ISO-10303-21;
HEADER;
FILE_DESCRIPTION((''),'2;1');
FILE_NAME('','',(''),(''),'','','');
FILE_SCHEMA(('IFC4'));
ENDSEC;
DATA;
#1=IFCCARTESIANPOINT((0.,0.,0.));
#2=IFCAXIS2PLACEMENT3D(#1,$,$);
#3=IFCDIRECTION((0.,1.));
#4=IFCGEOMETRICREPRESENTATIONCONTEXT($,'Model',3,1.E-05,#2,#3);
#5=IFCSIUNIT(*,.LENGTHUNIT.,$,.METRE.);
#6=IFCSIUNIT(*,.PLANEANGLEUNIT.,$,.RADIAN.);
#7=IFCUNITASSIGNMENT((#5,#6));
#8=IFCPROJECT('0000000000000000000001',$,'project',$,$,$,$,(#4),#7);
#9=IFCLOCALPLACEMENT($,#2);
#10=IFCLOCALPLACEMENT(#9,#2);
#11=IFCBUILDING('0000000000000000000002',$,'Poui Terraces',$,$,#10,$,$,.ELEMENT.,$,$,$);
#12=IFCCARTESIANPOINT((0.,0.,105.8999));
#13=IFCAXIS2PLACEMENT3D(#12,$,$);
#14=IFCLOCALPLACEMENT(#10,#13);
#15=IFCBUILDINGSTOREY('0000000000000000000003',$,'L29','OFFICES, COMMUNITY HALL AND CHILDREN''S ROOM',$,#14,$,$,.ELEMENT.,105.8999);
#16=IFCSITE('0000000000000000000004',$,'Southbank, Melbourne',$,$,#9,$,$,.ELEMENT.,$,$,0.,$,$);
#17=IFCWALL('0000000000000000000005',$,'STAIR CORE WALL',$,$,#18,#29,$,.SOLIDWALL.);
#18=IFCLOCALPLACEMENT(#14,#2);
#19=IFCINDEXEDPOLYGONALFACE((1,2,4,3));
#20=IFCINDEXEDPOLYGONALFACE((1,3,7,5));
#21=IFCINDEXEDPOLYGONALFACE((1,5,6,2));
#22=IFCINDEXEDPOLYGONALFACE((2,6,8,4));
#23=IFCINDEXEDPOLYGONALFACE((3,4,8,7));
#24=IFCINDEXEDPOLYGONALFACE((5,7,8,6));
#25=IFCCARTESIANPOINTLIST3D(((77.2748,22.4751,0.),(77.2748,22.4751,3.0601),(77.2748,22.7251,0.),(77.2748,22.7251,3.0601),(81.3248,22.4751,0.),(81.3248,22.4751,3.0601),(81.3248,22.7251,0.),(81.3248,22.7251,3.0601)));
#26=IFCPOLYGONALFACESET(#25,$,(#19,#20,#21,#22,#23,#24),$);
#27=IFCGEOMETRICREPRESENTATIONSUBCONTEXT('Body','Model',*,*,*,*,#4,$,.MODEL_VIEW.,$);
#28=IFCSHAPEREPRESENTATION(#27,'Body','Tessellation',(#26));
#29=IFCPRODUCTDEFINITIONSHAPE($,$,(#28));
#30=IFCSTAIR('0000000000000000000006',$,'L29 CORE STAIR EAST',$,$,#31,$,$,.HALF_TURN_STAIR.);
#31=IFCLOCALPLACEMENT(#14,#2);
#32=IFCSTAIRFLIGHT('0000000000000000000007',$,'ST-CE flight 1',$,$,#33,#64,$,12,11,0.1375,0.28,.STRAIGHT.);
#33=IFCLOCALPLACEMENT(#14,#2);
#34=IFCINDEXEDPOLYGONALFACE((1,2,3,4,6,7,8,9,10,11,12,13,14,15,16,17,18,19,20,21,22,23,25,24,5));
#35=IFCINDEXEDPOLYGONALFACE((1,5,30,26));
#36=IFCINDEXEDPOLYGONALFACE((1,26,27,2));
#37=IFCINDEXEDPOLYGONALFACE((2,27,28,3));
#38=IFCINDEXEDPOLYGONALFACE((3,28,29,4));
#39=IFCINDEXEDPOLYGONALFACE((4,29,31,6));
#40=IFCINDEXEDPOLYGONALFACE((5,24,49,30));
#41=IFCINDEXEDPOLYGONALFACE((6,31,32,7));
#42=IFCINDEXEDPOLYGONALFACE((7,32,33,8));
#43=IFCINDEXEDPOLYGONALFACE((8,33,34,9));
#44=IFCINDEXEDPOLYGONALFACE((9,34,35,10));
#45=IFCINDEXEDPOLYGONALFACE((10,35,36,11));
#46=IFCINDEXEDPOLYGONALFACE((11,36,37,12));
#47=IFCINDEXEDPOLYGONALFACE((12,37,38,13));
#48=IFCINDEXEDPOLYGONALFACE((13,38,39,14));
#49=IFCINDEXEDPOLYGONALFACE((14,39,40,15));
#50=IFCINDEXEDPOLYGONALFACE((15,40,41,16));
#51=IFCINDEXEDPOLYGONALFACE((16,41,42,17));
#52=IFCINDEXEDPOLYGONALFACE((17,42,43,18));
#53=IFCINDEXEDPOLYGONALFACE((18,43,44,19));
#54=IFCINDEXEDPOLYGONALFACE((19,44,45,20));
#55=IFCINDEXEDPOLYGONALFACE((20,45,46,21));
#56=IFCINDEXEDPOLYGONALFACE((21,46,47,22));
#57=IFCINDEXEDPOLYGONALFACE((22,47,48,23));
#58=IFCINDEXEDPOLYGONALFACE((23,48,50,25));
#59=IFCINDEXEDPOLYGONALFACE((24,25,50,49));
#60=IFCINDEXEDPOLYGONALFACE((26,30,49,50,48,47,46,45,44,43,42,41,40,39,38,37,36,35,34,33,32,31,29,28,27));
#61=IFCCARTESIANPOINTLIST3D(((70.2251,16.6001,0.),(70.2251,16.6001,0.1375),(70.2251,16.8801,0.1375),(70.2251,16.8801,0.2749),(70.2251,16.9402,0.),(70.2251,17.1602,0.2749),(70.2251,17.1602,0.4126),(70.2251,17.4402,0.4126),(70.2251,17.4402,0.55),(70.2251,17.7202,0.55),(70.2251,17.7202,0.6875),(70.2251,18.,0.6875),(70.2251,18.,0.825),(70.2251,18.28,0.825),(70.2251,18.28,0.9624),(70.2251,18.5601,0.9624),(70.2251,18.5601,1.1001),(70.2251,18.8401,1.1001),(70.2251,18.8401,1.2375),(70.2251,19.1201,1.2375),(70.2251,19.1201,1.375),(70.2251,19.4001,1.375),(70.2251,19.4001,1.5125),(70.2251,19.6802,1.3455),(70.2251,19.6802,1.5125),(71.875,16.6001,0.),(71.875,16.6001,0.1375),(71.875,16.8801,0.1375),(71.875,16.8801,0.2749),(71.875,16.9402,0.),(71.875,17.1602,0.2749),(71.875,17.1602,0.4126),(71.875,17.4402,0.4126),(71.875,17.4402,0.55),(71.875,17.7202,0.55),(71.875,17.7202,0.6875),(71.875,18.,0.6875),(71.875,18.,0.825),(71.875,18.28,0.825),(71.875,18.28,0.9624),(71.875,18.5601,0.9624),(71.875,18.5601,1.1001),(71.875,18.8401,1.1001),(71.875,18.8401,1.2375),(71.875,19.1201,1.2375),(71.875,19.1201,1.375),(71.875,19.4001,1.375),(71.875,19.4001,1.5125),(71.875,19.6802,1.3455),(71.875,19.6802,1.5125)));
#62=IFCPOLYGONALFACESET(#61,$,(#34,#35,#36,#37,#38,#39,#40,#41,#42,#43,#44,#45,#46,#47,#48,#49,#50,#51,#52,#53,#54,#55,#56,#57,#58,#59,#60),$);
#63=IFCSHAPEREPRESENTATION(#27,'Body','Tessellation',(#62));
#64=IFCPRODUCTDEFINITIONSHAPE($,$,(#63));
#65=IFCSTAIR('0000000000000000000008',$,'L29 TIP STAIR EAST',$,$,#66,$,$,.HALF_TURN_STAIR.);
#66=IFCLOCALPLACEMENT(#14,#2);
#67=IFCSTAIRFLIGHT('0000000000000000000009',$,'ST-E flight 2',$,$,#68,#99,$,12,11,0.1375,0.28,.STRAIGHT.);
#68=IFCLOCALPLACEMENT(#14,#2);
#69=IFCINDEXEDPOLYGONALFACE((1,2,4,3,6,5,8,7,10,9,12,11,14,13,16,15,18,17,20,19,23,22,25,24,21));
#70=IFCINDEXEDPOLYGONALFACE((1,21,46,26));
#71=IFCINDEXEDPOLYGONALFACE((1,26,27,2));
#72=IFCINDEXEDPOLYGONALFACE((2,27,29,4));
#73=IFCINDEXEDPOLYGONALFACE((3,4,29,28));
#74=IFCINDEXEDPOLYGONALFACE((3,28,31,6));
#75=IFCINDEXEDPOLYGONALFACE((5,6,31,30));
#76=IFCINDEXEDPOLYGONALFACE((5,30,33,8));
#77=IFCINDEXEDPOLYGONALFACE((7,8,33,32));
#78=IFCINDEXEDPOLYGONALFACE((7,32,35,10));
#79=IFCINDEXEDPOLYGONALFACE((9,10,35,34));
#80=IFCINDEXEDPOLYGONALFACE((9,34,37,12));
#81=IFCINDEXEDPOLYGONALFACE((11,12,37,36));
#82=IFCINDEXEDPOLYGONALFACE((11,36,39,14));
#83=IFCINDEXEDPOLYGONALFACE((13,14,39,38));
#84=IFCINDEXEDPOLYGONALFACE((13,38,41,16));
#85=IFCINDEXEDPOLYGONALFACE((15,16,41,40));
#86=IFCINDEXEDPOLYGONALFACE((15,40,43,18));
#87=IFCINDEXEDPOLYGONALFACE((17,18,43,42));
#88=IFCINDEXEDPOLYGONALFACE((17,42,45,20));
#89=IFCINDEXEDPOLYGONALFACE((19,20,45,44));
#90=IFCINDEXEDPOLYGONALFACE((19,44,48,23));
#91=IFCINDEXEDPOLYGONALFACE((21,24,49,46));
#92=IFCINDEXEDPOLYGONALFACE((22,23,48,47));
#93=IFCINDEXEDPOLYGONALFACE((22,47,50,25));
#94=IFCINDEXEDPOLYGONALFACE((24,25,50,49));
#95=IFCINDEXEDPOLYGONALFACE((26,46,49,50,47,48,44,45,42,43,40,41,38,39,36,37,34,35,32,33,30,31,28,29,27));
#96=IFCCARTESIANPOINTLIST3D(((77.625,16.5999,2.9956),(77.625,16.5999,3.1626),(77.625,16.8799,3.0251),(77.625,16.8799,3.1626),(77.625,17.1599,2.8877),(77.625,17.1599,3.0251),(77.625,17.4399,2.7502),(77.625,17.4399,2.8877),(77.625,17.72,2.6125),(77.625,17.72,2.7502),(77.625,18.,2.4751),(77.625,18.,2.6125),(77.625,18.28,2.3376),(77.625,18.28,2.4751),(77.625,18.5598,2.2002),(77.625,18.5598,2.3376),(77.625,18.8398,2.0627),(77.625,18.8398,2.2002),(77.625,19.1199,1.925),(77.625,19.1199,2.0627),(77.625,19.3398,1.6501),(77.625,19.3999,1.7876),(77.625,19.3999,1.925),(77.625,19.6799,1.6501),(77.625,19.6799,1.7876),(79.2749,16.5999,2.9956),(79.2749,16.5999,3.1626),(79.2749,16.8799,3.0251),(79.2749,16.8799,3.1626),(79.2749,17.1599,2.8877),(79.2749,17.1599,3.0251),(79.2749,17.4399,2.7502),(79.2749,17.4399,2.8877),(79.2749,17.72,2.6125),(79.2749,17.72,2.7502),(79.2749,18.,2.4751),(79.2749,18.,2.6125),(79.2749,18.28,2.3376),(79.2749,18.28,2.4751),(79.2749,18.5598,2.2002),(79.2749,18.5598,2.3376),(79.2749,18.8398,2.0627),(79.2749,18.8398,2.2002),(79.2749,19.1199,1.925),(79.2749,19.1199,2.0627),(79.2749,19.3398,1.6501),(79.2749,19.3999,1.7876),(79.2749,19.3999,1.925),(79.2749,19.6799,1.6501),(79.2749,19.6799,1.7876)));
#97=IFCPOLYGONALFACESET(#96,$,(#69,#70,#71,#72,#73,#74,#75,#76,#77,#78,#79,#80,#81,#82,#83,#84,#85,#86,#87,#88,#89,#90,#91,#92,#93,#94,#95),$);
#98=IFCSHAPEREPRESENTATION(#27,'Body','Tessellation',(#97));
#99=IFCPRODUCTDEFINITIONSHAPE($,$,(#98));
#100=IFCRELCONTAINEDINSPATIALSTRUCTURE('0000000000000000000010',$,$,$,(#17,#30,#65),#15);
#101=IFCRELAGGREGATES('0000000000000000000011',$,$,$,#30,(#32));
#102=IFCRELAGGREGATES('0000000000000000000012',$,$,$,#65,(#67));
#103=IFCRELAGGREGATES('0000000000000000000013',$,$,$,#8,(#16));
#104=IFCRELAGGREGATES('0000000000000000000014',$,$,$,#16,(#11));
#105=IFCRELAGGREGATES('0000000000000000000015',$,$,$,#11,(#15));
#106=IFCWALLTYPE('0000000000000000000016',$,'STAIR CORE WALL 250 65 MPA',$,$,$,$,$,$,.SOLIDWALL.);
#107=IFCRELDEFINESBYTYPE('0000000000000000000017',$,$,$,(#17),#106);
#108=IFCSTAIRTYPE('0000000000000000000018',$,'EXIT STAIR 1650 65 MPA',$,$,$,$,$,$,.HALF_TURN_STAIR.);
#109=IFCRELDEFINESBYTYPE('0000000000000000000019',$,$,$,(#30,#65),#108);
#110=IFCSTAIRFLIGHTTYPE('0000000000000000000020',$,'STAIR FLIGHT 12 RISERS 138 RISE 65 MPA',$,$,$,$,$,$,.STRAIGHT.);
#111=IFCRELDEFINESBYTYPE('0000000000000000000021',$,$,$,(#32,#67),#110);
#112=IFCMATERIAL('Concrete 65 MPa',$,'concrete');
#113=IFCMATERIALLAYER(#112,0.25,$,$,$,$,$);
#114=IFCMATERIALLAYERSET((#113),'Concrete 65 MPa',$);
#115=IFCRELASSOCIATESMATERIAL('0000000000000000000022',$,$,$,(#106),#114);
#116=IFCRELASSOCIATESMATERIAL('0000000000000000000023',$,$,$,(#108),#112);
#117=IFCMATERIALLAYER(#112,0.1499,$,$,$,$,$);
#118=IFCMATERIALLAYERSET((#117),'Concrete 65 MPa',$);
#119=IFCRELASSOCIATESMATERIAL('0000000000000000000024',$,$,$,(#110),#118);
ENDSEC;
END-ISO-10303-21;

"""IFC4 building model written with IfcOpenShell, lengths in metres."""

from ifc_helpers import new_model, si_unit, direction, frame, frame_2d, origin, place, context, subcontext, project, spatial, polyline, rectangle, outline, extrude, material, layer, layer_set, type_object, element, aggregate, save


model = new_model("IFC4")

# Units and contexts
model_context = context("Model", 3, precision=1e-05, world=origin(), true_north=direction((0.0, 1.0)))
body_context = subcontext(model_context, "Body", "Model", "MODEL_VIEW")
ifc_project = project(units=[si_unit("LENGTHUNIT", "METRE"), si_unit("PLANEANGLEUNIT", "RADIAN")], contexts=[model_context])

# Site, building, storey
site_placement = place(None, origin())
site = spatial("IfcSite", under=ifc_project, at=site_placement, Name="Southbank, Melbourne", CompositionType="ELEMENT", RefElevation=0.0)
building_placement = place(site_placement, origin())
building = spatial("IfcBuilding", under=site, at=building_placement, Name="Poui Terraces", CompositionType="ELEMENT")
storey_placement = place(building_placement, frame((0.0, 0.0, 105.8999)))
storey = spatial("IfcBuildingStorey", under=building, at=storey_placement, Name="L29", Description="OFFICES, COMMUNITY HALL AND CHILDREN'S ROOM", CompositionType="ELEMENT", Elevation=105.8999)

# Shared definitions
ifc_material_1 = material(Name="Concrete 65 MPa", Category="concrete")

# Wall
ifc_layer_1 = layer(ifc_material_1, 0.25)
ifc_layer_set_1 = layer_set([ifc_layer_1], Name="Concrete 65 MPa")
wall_type_1 = type_object("IfcWallType", Name="STAIR CORE WALL 250 65 MPA", PredefinedType="SOLIDWALL", material=ifc_layer_set_1)
wall_1_placement = place(storey_placement, frame((77.2749, 22.6001, 0.0), z_axis=(0.0, 0.0, 1.0), x_axis=(1.0, 0.0, 0.0)))
element("IfcWall", 1, at=wall_1_placement, inside=storey, type_object=wall_type_1, Name="STAIR CORE WALL", PredefinedType="SOLIDWALL", context=body_context, shape_type="SweptSolid", body=[
    extrude(rectangle(XDim=4.05, YDim=0.25, at=frame_2d((2.0249, 0.0))), origin(), (0.0, 0.0, 1.0), 3.0601),
])

# Stairs, stair flights
stair_type = type_object("IfcStairType", Name="EXIT STAIR 1650 65 MPA", PredefinedType="HALF_TURN_STAIR", material=ifc_material_1)
stair_1_placement = place(storey_placement, origin())
stair_1 = element("IfcStair", 2, at=stair_1_placement, inside=storey, type_object=stair_type, Name="L29 CORE STAIR EAST", PredefinedType="HALF_TURN_STAIR")
ifc_layer_2 = layer(ifc_material_1, 0.1499)
ifc_layer_set_2 = layer_set([ifc_layer_2], Name="Concrete 65 MPa")
stair_flight_type = type_object("IfcStairFlightType", Name="STAIR FLIGHT 12 RISERS 138 RISE 65 MPA", PredefinedType="STRAIGHT", material=ifc_layer_set_2)
stair_flight_1_placement = place(storey_placement, frame((71.05, 16.6001, 0.0), z_axis=(0.0, 0.0, 1.0), x_axis=(0.0, 1.0, 0.0)))
stair_flight_1 = element("IfcStairFlight", 3, at=stair_flight_1_placement, type_object=stair_flight_type, Name="ST-CE flight 1", NumberOfRisers=12, NumberOfTreads=11, PredefinedType="STRAIGHT", RiserHeight=0.1375, TreadLength=0.28, context=body_context, shape_type="SweptSolid", body=[
    extrude(outline(polyline([(0.0, 0.0), (0.0, 0.1375), (0.28, 0.1375), (0.28, 0.2749), (0.5601, 0.2749), (0.5601, 0.4126), (0.8401, 0.4126), (0.8401, 0.55), (1.1201, 0.55), (1.1201, 0.6875), (1.3999, 0.6875), (1.3999, 0.825), (1.6799, 0.825), (1.6799, 0.9624), (1.96, 0.9624), (1.96, 1.1001), (2.24, 1.1001), (2.24, 1.2375), (2.52, 1.2375), (2.52, 1.375), (2.8, 1.375), (2.8, 1.5125), (3.0801, 1.5125), (3.0801, 1.6499), (3.0801, 1.3455), (0.3401, 0.0), (0.0, 0.0)])), frame((0.0, 0.825, 0.0), z_axis=(0.0, -1.0, 0.0), x_axis=(1.0, 0.0, 0.0)), (0.0, 0.0, 1.0), 1.6499),
])
aggregate(stair_1, [stair_flight_1])
stair_2_placement = place(storey_placement, origin())
stair_2 = element("IfcStair", 4, at=stair_2_placement, inside=storey, type_object=stair_type, Name="L29 TIP STAIR EAST", PredefinedType="HALF_TURN_STAIR")
stair_flight_2_placement = place(storey_placement, frame((78.45, 19.6799, 1.6501), z_axis=(0.0, 0.0, 1.0), x_axis=(0.0, -1.0, 0.0)))
stair_flight_2 = element("IfcStairFlight", 5, at=stair_flight_2_placement, type_object=stair_flight_type, Name="ST-E flight 2", NumberOfRisers=12, NumberOfTreads=11, PredefinedType="STRAIGHT", RiserHeight=0.1375, TreadLength=0.28, context=body_context, shape_type="SweptSolid", body=[
    extrude(outline(polyline([(0.0, 0.0), (0.0, 0.1375), (0.28, 0.1375), (0.28, 0.2749), (0.5601, 0.2749), (0.5601, 0.4126), (0.8401, 0.4126), (0.8401, 0.55), (1.1201, 0.55), (1.1201, 0.6875), (1.3999, 0.6875), (1.3999, 0.825), (1.6799, 0.825), (1.6799, 0.9624), (1.96, 0.9624), (1.96, 1.1001), (2.24, 1.1001), (2.24, 1.2375), (2.52, 1.2375), (2.52, 1.375), (2.8, 1.375), (2.8, 1.5125), (3.0801, 1.5125), (3.0801, 1.6499), (3.0801, 1.3455), (0.3401, 0.0), (0.0, 0.0)])), frame((0.0, 0.825, 0.0), z_axis=(0.0, -1.0, 0.0), x_axis=(1.0, 0.0, 0.0)), (0.0, 0.0, 1.0), 1.6499),
])
aggregate(stair_2, [stair_flight_2])

save(model, "model.ifc")
